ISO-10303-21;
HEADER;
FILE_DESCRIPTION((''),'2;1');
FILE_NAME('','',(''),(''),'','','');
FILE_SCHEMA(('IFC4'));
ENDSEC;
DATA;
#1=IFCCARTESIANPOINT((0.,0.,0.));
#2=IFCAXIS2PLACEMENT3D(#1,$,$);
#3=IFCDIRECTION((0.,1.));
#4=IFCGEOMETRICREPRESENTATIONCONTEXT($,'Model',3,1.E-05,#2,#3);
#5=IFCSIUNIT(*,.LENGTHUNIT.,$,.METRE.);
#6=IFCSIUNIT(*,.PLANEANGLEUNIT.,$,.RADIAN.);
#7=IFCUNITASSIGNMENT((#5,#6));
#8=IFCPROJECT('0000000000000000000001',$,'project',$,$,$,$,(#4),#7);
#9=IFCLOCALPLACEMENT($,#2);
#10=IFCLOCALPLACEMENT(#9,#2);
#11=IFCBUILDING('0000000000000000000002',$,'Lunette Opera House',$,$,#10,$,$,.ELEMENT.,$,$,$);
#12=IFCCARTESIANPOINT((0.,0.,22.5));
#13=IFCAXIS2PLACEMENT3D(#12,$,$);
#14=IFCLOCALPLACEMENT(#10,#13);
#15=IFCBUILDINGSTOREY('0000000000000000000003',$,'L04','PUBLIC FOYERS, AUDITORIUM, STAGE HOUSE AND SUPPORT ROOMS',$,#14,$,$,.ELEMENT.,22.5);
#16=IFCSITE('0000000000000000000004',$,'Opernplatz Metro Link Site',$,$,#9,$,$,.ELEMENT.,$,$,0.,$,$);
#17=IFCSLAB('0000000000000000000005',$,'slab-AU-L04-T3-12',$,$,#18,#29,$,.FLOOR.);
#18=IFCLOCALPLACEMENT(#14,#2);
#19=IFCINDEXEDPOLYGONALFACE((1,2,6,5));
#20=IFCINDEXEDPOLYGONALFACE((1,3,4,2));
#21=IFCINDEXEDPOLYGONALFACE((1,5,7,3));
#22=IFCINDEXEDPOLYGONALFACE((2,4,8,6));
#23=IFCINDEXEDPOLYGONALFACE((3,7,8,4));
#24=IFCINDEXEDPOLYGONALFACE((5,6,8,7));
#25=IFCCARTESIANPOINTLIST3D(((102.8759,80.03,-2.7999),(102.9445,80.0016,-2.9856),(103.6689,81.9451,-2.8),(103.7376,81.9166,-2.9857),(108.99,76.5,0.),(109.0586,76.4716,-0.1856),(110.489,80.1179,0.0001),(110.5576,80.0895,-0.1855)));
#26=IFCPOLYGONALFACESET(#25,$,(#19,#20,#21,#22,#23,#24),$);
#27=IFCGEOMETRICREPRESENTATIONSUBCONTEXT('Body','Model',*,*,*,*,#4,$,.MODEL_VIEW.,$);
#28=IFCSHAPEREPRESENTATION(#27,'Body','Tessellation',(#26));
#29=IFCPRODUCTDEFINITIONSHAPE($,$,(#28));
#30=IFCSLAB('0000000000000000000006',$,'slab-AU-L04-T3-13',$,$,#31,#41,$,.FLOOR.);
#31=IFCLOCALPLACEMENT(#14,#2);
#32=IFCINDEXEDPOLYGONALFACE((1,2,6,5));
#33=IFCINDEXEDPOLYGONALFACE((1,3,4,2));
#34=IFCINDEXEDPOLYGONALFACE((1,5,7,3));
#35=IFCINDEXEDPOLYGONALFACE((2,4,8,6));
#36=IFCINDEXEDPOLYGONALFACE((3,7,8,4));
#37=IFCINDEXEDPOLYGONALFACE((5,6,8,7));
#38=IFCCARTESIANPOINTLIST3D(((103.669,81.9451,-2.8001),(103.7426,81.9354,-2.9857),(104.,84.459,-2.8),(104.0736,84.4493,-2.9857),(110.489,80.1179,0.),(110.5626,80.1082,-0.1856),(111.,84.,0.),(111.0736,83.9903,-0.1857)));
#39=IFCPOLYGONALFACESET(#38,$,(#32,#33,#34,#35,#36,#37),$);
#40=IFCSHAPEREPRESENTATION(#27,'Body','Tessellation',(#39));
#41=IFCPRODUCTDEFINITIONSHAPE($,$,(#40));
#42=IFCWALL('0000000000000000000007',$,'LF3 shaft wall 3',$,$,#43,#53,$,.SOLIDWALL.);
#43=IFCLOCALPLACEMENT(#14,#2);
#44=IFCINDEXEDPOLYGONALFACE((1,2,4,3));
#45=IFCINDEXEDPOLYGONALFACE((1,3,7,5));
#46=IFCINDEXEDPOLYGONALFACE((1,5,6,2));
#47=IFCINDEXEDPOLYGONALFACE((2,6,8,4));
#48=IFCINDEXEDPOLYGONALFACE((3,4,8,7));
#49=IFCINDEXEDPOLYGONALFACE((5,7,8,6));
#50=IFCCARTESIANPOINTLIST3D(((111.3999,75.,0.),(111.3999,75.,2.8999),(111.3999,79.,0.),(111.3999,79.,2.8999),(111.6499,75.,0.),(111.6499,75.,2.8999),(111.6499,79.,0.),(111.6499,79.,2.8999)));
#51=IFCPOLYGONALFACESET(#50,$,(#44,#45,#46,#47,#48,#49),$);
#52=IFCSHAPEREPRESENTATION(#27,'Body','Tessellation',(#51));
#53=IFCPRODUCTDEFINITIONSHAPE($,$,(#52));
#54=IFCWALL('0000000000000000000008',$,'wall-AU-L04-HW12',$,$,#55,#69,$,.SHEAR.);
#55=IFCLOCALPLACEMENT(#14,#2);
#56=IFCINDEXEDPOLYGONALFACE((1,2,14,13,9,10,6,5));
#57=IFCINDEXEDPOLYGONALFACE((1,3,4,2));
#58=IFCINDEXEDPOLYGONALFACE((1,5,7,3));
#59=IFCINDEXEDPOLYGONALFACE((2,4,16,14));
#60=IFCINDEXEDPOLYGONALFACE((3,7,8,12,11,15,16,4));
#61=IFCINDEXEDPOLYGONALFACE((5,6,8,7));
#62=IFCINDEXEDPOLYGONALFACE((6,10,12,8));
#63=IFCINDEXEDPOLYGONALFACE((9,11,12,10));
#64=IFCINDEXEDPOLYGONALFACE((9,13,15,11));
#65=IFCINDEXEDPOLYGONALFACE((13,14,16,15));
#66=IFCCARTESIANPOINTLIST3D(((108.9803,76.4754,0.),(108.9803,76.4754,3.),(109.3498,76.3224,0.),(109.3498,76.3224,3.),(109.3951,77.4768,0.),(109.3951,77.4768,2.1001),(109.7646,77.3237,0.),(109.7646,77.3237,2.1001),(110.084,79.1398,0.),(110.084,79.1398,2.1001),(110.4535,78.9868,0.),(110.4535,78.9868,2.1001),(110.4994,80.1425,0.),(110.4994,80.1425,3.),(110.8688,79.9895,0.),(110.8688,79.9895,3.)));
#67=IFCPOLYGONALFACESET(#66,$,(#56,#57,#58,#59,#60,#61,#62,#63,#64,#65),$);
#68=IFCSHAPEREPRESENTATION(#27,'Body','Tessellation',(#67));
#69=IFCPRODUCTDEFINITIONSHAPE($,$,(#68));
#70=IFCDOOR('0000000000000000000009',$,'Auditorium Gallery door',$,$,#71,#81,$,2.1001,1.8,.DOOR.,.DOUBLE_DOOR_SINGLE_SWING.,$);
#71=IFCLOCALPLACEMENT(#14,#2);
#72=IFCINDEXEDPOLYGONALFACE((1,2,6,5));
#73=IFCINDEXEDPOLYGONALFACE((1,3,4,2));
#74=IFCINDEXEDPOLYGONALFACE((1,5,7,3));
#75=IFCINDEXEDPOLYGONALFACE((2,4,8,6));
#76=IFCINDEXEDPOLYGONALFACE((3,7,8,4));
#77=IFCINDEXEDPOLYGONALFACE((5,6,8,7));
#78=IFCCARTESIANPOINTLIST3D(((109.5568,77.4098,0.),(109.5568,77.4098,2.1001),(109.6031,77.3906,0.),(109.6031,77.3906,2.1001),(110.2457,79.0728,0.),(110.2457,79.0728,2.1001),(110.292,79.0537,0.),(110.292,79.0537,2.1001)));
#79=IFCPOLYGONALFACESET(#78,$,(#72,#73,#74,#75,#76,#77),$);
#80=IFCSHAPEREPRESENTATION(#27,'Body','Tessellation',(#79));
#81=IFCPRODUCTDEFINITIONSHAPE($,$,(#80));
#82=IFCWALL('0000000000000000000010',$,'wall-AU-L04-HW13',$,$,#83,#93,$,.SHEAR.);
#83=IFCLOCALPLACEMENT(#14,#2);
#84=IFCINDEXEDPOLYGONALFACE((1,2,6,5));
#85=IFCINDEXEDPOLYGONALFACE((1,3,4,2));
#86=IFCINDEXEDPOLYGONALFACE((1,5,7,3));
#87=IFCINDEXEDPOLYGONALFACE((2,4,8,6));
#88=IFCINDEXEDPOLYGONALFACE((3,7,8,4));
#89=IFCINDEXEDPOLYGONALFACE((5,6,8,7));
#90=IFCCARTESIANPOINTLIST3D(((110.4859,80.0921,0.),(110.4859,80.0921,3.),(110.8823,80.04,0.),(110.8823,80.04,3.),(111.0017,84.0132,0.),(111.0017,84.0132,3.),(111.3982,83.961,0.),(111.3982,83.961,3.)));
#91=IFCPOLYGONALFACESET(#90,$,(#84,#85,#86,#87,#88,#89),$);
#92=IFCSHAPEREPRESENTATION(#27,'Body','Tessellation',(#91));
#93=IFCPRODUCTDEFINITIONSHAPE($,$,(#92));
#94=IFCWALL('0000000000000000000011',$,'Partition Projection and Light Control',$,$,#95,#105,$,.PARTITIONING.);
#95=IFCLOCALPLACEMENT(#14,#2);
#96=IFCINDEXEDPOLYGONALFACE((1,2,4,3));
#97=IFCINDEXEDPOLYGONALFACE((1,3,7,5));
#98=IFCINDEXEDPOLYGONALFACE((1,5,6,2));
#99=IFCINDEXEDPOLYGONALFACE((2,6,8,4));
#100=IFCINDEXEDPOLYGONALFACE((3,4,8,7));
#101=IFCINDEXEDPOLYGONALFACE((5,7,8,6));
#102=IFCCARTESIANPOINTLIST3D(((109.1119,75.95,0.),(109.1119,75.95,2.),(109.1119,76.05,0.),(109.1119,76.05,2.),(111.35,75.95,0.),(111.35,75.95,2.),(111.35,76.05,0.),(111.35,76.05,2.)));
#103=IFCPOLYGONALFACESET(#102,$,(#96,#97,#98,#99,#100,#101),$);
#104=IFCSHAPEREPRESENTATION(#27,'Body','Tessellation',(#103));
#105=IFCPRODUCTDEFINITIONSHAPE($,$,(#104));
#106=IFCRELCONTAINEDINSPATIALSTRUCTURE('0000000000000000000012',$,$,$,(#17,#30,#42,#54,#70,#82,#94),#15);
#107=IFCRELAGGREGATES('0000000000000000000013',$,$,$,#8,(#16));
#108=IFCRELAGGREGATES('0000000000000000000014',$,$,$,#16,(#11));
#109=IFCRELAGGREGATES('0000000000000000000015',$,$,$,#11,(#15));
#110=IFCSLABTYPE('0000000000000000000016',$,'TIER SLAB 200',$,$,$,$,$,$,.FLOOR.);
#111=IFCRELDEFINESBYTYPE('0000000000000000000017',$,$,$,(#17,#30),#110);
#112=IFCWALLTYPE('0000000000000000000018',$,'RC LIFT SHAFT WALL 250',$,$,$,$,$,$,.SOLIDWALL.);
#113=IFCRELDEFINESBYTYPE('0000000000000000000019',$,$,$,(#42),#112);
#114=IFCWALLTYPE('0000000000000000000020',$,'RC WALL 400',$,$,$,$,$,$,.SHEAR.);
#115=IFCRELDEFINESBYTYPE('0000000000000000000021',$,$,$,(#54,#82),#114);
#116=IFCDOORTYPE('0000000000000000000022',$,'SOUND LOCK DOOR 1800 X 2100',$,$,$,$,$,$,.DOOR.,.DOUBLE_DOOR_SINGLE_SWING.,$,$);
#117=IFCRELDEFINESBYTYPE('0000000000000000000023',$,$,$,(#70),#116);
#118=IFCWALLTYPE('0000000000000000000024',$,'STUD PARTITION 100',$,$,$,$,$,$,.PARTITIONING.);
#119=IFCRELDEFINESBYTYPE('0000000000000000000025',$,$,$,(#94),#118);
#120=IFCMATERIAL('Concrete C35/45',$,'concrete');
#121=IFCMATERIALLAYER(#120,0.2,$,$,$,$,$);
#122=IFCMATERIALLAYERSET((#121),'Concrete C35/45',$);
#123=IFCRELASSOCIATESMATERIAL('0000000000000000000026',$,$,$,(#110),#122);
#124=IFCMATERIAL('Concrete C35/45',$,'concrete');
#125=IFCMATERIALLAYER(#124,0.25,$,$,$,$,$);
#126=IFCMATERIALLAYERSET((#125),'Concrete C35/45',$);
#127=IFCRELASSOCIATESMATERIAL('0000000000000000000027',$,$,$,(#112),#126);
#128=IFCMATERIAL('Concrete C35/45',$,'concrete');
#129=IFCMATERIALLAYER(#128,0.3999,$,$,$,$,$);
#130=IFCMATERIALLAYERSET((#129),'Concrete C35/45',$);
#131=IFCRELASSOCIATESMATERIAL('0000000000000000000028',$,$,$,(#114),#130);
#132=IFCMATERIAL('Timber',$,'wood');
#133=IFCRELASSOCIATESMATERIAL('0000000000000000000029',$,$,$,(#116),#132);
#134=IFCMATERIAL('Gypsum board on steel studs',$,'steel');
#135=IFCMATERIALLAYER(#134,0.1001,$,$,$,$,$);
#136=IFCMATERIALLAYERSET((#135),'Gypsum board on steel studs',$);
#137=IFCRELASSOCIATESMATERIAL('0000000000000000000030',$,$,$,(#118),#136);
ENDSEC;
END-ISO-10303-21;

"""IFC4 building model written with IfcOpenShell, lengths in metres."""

from ifc_helpers import new_model, si_unit, direction, frame, frame_2d, origin, place, context, subcontext, project, spatial, polyline, rectangle, outline, extrude, material, layer, layer_set, type_object, element, fill, save


model = new_model("IFC4")

# Units and contexts
model_context = context("Model", 3, precision=1e-05, world=origin(), true_north=direction((0.0, 1.0)))
body_context = subcontext(model_context, "Body", "Model", "MODEL_VIEW")
ifc_project = project(units=[si_unit("LENGTHUNIT", "METRE"), si_unit("PLANEANGLEUNIT", "RADIAN")], contexts=[model_context])

# Site, building, storey
site_placement = place(None, origin())
site = spatial("IfcSite", under=ifc_project, at=site_placement, Name="Opernplatz Metro Link Site", CompositionType="ELEMENT", RefElevation=0.0)
building_placement = place(site_placement, origin())
building = spatial("IfcBuilding", under=site, at=building_placement, Name="Lunette Opera House", CompositionType="ELEMENT")
storey_placement = place(building_placement, frame((0.0, 0.0, 22.5)))
storey = spatial("IfcBuildingStorey", under=building, at=storey_placement, Name="L04", Description="PUBLIC FOYERS, AUDITORIUM, STAGE HOUSE AND SUPPORT ROOMS", CompositionType="ELEMENT", Elevation=22.5)

# Slabs
ifc_material_1 = material(Name="Concrete C35/45", Category="concrete")
ifc_layer_1 = layer(ifc_material_1, 0.2)
ifc_layer_set_1 = layer_set([ifc_layer_1], Name="Concrete C35/45")
slab_type_1 = type_object("IfcSlabType", Name="TIER SLAB 200", PredefinedType="FLOOR", material=ifc_layer_set_1)
slab_1_placement = place(storey_placement, frame((108.99, 76.5, 0.0), z_axis=(-0.343129, 0.142139, 0.928471), x_axis=(0.382768, 0.923845, 0.000026)))
element("IfcSlab", 1, at=slab_1_placement, inside=storey, type_object=slab_type_1, Name="slab-AU-L04-T3-12", PredefinedType="FLOOR", context=body_context, shape_type="SweptSolid", body=[
    extrude(outline(polyline([(0.0, 0.0), (3.9162, 0.0), (2.9936, 7.5393), (0.9209, 7.5389), (0.0, 0.0)])), origin(), (0.0, 0.0, -1.0), 0.2),
])
slab_2_placement = place(storey_placement, frame((110.489, 80.1179, 0.0), z_axis=(-0.368214, 0.048476, 0.928477), x_axis=(0.130505, 0.991448, -0.000008)))
element("IfcSlab", 2, at=slab_2_placement, inside=storey, type_object=slab_type_1, Name="slab-AU-L04-T3-13", PredefinedType="FLOOR", context=body_context, shape_type="SweptSolid", body=[
    extrude(outline(polyline([(0.0, 0.0), (3.9156, 0.0), (3.4571, 7.5393), (0.9215, 7.5394), (0.0, 0.0)])), origin(), (0.0, 0.0, -1.0), 0.2),
])

# Wall
ifc_material_2 = material(Name="Concrete C35/45", Category="concrete")
ifc_layer_2 = layer(ifc_material_2, 0.25)
ifc_layer_set_2 = layer_set([ifc_layer_2], Name="Concrete C35/45")
wall_type_1 = type_object("IfcWallType", Name="RC LIFT SHAFT WALL 250", PredefinedType="SOLIDWALL", material=ifc_layer_set_2)
wall_1_placement = place(storey_placement, frame((111.5249, 79.0, 0.0), z_axis=(0.0, 0.0, 1.0), x_axis=(0.0, -1.0, 0.0)))
element("IfcWall", 3, at=wall_1_placement, inside=storey, type_object=wall_type_1, Name="LF3 shaft wall 3", PredefinedType="SOLIDWALL", context=body_context, shape_type="SweptSolid", body=[
    extrude(rectangle(XDim=4.0, YDim=0.25, at=frame_2d((2.0, 0.0))), origin(), (0.0, 0.0, 1.0), 2.8999),
])

# Wall, opening, door
ifc_material_3 = material(Name="Concrete C35/45", Category="concrete")
ifc_layer_3 = layer(ifc_material_3, 0.3999)
ifc_layer_set_3 = layer_set([ifc_layer_3], Name="Concrete C35/45")
wall_type_2 = type_object("IfcWallType", Name="RC WALL 400", PredefinedType="SHEAR", material=ifc_layer_set_3)
wall_2_placement = place(storey_placement, frame((109.165, 76.3989, 0.0), z_axis=(0.0, 0.0, 1.0), x_axis=(0.38271, 0.923868, 0.0)))
wall_2 = element("IfcWall", 4, at=wall_2_placement, inside=storey, type_object=wall_type_2, Name="wall-AU-L04-HW12", PredefinedType="SHEAR", context=body_context, shape_type="SweptSolid", body=[
    extrude(rectangle(XDim=3.9692, YDim=0.3999, at=frame_2d((1.9846, 0.0))), origin(), (0.0, 0.0, 1.0), 3.0),
])
opening_placement = place(wall_2_placement, frame((1.084, 0.0, 0.0)))
opening = element("IfcOpeningElement", 5, at=opening_placement, cuts=wall_2, PredefinedType="OPENING", context=body_context, shape_type="SweptSolid", body=[
    extrude(rectangle(XDim=1.8, YDim=2.1001, at=frame_2d((0.8999, 1.05))), frame((0.0, 0.2119, 0.0), z_axis=(0.0, -1.0, 0.0), x_axis=(1.0, 0.0, 0.0)), (0.0, 0.0, 1.0), 0.4238),
])
ifc_material_4 = material(Name="Timber", Category="wood")
door_type = type_object("IfcDoorType", Name="SOUND LOCK DOOR 1800 X 2100", OperationType="DOUBLE_DOOR_SINGLE_SWING", PredefinedType="DOOR", material=ifc_material_4)
door_placement = place(opening_placement, origin())
door = element("IfcDoor", 6, at=door_placement, inside=storey, type_object=door_type, Name="Auditorium Gallery door", OperationType="DOUBLE_DOOR_SINGLE_SWING", OverallHeight=2.1001, OverallWidth=1.8, PredefinedType="DOOR", context=body_context, shape_type="SweptSolid", body=[
    extrude(rectangle(XDim=1.8, YDim=2.1001, at=frame_2d((0.8999, 1.05))), frame((0.0, 0.0249, 0.0), z_axis=(0.0, -1.0, 0.0), x_axis=(1.0, 0.0, 0.0)), (0.0, 0.0, 1.0), 0.05),
])
fill(opening, door)

# Walls
wall_3_placement = place(storey_placement, frame((110.6841, 80.0659, 0.0), z_axis=(0.0, 0.0, 1.0), x_axis=(0.130437, 0.991457, 0.0)))
element("IfcWall", 7, at=wall_3_placement, inside=storey, type_object=wall_type_2, Name="wall-AU-L04-HW13", PredefinedType="SHEAR", context=body_context, shape_type="SweptSolid", body=[
    extrude(rectangle(XDim=3.9548, YDim=0.3999, at=frame_2d((1.9775, 0.0))), origin(), (0.0, 0.0, 1.0), 3.0),
])
ifc_material_5 = material(Name="Gypsum board on steel studs", Category="steel")
ifc_layer_4 = layer(ifc_material_5, 0.1001)
ifc_layer_set_4 = layer_set([ifc_layer_4], Name="Gypsum board on steel studs")
wall_type_3 = type_object("IfcWallType", Name="STUD PARTITION 100", PredefinedType="PARTITIONING", material=ifc_layer_set_4)
wall_4_placement = place(storey_placement, frame((111.3501, 76.0, 0.0), z_axis=(0.0, 0.0, 1.0), x_axis=(-1.0, 0.0, 0.0)))
element("IfcWall", 8, at=wall_4_placement, inside=storey, type_object=wall_type_3, Name="Partition Projection and Light Control", PredefinedType="PARTITIONING", context=body_context, shape_type="SweptSolid", body=[
    extrude(rectangle(XDim=2.238, YDim=0.1001, at=frame_2d((1.1191, 0.0))), origin(), (0.0, 0.0, 1.0), 2.0),
])

save(model, "model.ifc")
